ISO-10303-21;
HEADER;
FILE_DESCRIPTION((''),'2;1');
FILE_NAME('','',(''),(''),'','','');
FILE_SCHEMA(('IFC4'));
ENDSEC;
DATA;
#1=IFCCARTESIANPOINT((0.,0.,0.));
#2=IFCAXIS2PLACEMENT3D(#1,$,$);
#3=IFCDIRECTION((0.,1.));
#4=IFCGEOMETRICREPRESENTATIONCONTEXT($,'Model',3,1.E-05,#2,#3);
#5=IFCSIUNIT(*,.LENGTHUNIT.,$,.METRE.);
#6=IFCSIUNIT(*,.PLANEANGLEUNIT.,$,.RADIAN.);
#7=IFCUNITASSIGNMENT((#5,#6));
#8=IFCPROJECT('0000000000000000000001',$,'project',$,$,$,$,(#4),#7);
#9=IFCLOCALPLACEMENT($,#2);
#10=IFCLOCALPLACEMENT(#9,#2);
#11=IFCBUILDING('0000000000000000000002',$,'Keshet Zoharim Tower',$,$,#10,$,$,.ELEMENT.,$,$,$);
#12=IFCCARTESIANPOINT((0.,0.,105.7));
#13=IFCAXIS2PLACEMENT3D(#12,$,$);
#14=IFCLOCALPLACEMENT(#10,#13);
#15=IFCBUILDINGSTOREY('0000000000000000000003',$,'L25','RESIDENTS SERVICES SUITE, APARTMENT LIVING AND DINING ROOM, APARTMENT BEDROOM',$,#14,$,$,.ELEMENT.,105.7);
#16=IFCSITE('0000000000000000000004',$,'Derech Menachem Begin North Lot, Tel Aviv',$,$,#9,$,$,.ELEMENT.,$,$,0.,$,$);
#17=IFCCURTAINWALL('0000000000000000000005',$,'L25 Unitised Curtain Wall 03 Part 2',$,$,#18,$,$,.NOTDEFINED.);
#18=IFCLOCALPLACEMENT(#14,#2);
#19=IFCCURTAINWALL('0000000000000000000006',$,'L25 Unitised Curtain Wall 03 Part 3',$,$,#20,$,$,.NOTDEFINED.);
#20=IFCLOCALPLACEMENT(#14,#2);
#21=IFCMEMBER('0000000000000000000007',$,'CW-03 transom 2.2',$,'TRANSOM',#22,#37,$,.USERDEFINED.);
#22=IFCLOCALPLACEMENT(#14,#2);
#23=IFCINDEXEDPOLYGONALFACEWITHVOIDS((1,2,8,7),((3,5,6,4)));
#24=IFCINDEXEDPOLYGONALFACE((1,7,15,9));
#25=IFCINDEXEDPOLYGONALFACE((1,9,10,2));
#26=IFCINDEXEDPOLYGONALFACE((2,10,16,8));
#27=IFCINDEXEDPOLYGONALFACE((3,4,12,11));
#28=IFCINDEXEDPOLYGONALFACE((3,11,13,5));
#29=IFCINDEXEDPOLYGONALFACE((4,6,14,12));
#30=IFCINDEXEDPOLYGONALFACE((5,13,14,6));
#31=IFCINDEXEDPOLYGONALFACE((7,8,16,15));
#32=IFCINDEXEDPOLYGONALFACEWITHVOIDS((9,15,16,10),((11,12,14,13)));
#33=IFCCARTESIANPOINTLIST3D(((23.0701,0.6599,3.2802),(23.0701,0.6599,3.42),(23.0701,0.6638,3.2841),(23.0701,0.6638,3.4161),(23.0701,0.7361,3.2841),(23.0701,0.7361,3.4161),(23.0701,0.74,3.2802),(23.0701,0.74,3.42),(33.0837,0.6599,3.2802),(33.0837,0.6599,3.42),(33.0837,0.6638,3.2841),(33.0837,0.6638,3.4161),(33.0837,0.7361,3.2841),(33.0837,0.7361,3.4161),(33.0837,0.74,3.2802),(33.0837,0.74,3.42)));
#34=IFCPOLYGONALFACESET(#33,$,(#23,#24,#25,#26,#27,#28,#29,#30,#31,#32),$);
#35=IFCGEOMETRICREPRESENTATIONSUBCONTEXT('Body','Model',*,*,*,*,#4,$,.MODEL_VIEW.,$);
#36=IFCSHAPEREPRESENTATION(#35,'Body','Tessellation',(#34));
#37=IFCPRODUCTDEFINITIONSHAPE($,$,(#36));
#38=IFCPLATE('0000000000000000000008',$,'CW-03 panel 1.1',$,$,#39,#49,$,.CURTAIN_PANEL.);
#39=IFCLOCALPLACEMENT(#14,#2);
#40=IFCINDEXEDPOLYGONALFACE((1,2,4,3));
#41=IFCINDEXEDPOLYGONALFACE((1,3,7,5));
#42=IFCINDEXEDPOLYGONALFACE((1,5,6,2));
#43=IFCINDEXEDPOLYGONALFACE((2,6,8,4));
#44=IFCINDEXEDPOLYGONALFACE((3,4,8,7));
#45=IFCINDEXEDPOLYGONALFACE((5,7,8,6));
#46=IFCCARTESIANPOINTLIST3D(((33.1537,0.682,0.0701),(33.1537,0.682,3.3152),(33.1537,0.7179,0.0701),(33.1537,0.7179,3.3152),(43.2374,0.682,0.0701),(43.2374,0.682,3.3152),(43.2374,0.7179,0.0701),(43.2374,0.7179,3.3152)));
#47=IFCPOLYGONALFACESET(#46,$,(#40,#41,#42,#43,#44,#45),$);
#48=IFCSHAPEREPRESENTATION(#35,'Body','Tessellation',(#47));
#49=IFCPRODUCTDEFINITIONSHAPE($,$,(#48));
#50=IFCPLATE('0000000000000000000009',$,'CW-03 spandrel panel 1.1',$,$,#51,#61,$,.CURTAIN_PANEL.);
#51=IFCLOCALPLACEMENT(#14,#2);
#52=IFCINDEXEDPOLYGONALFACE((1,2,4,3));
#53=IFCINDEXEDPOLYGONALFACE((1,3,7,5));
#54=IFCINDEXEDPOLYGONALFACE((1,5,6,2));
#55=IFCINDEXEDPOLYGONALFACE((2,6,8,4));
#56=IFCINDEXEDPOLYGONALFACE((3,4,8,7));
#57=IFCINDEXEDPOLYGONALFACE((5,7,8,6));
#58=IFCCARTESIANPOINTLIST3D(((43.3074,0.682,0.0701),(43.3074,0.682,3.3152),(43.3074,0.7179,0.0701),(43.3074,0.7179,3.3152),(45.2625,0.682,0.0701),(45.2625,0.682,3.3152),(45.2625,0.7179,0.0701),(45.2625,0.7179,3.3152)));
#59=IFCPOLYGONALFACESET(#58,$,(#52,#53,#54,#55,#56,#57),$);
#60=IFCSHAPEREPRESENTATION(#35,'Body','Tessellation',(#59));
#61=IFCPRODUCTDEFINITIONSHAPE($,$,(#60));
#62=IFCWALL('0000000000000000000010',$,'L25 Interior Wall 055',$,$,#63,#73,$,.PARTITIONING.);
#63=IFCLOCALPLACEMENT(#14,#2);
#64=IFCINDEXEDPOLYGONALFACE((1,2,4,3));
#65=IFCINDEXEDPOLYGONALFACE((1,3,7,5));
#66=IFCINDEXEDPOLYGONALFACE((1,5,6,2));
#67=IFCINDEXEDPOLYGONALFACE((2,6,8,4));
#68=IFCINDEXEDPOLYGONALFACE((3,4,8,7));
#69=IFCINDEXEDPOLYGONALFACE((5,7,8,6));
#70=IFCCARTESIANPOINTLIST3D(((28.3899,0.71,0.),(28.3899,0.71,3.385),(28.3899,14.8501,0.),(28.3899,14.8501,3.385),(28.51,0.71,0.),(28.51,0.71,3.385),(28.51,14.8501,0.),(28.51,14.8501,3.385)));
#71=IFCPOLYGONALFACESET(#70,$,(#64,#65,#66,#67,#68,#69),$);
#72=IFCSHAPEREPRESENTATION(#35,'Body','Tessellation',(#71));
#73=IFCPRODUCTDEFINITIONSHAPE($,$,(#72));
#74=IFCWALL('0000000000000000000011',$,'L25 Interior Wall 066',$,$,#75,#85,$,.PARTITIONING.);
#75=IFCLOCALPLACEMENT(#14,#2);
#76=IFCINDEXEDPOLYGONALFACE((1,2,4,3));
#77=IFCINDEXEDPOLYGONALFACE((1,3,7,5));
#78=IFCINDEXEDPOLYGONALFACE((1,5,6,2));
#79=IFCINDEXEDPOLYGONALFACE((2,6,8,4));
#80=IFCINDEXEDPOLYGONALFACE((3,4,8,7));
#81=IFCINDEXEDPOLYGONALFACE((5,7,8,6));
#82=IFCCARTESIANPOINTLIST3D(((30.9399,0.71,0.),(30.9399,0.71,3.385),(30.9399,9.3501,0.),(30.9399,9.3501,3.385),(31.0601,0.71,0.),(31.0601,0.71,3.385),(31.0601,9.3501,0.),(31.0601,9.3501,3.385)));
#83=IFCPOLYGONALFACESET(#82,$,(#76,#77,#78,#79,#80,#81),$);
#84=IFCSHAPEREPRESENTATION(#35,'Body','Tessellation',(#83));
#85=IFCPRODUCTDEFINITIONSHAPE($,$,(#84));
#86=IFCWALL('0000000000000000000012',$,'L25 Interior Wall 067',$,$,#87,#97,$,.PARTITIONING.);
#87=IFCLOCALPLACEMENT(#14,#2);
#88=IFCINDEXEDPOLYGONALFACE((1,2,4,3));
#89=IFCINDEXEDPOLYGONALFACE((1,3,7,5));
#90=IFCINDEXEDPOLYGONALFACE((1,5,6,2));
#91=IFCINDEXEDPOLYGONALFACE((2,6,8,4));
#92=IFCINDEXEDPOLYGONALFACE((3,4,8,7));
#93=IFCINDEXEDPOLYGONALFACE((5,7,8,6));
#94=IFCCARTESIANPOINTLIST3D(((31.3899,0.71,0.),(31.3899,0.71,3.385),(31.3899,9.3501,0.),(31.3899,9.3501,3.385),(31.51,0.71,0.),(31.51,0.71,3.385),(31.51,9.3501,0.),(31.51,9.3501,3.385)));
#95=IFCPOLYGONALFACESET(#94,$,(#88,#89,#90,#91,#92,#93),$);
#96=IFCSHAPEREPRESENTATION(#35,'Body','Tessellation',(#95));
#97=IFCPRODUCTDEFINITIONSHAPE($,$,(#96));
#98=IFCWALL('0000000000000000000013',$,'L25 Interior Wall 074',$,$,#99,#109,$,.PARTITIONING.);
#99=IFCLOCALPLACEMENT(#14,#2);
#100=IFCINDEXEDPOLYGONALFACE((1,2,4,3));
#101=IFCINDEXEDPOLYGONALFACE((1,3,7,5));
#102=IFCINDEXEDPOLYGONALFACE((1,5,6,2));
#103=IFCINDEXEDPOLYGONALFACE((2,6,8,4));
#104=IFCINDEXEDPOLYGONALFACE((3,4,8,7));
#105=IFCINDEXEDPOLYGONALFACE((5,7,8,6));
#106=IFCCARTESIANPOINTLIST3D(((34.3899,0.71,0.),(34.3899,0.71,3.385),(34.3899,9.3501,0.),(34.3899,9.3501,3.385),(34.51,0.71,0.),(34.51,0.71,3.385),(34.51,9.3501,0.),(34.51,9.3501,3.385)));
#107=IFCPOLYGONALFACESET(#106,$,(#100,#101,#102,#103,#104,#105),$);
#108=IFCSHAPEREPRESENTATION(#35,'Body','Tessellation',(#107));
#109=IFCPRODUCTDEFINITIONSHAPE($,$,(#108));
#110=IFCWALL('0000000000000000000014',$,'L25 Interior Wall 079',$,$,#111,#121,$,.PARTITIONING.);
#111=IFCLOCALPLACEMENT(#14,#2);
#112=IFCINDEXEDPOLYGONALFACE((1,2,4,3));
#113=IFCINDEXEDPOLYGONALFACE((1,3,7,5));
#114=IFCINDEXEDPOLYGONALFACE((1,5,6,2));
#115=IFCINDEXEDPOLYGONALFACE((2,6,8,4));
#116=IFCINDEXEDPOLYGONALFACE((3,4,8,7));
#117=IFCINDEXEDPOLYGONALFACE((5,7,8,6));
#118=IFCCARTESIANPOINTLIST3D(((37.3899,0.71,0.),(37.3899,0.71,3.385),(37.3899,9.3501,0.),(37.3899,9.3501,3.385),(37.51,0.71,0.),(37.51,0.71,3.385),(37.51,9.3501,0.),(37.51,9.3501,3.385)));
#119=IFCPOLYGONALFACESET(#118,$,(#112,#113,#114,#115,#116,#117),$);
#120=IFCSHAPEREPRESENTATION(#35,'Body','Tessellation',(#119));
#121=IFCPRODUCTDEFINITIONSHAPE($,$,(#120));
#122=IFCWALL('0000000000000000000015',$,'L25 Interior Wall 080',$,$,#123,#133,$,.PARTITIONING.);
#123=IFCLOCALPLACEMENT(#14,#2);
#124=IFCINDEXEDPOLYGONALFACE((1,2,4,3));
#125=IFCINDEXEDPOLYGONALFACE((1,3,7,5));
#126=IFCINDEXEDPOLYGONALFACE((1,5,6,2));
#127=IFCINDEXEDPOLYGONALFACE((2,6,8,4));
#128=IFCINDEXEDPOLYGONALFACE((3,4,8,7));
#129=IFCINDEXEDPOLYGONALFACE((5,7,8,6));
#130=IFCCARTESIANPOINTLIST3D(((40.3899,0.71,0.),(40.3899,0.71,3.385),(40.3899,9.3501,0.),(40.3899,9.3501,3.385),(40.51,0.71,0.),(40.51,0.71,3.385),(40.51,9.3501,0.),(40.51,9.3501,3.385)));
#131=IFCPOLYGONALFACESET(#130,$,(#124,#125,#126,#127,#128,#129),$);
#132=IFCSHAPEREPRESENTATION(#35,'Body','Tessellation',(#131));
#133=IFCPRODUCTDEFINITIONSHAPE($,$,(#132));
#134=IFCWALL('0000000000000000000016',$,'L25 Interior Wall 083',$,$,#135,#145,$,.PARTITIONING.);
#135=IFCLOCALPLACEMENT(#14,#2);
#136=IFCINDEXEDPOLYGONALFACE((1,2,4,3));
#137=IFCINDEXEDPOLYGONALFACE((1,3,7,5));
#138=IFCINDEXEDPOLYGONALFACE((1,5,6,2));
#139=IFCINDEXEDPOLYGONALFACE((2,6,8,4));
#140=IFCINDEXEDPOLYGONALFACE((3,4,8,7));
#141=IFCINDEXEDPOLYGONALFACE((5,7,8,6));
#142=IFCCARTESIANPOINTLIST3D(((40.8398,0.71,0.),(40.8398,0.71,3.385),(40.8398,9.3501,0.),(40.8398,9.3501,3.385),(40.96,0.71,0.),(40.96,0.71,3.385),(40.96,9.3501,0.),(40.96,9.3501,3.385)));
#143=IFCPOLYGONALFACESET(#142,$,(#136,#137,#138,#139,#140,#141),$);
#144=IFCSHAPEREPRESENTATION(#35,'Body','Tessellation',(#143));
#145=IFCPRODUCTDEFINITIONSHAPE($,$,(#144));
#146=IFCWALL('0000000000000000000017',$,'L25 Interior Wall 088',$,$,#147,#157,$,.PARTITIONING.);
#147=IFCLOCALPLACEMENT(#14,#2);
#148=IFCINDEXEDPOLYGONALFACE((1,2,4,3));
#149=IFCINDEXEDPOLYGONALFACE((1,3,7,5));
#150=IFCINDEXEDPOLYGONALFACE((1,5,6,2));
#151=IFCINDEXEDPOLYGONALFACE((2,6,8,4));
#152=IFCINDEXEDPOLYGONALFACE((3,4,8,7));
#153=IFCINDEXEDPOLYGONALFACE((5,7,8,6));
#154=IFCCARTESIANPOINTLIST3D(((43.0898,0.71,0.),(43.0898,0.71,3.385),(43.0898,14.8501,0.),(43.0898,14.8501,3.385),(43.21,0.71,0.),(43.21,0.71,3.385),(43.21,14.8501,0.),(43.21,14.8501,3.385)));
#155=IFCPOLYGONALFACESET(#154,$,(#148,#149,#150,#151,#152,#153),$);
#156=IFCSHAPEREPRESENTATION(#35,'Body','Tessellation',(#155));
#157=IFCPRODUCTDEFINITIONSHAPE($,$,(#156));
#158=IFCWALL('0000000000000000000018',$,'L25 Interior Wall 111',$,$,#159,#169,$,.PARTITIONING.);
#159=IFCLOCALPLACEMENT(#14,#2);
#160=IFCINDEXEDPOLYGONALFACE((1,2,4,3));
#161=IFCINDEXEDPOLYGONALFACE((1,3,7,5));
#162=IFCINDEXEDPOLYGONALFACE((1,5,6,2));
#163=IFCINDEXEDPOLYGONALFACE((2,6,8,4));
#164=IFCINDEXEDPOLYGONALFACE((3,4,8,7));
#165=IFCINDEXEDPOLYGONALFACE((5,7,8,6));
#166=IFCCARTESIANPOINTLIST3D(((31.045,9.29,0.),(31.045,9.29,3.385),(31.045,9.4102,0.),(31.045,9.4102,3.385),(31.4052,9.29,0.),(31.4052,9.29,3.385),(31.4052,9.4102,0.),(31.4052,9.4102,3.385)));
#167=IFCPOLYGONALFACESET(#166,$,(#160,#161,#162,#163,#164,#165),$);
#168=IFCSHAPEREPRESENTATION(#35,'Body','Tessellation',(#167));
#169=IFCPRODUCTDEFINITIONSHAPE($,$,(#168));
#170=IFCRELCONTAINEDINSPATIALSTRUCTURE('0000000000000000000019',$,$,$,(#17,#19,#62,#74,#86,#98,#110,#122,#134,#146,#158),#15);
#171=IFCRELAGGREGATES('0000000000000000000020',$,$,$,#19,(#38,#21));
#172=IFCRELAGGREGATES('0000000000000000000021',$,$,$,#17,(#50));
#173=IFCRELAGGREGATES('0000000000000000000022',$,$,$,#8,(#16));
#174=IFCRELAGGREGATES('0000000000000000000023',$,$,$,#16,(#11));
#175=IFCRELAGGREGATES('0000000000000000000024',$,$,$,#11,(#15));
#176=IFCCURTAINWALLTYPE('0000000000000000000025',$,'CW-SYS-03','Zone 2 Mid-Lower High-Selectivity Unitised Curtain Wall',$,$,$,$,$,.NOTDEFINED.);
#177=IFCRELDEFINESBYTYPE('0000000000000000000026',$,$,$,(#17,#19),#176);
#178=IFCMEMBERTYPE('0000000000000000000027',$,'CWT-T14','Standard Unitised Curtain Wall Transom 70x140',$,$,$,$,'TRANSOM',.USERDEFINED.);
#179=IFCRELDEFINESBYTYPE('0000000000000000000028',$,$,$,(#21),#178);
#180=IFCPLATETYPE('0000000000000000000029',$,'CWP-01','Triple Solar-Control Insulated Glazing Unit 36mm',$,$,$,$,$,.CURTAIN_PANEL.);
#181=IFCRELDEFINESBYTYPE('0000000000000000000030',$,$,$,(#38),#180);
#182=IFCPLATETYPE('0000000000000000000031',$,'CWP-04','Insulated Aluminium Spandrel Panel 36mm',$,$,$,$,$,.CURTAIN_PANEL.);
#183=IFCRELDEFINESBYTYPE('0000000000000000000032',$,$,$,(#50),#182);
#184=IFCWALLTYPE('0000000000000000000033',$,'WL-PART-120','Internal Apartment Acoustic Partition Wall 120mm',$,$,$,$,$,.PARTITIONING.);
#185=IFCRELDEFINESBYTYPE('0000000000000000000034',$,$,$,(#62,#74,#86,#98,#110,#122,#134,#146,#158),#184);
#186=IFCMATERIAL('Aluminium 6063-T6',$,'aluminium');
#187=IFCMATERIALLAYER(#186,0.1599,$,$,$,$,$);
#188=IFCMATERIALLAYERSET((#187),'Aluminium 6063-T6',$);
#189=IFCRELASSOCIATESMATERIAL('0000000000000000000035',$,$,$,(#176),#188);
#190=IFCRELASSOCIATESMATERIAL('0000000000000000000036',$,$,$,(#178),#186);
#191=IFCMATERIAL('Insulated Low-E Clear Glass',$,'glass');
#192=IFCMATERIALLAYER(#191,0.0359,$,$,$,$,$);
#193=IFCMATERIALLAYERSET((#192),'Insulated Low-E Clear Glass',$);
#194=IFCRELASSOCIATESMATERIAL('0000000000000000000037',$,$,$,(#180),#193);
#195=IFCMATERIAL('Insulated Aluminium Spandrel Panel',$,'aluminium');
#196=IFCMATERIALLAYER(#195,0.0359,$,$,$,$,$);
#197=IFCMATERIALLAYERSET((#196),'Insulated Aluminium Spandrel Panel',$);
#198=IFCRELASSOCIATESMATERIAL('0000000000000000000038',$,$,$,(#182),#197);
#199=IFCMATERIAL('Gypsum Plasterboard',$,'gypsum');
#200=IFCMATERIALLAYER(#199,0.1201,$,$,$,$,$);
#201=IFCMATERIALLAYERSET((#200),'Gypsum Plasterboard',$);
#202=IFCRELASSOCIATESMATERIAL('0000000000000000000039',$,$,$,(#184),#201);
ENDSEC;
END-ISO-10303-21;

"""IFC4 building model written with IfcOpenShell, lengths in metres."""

from ifc_helpers import new_model, si_unit, direction, frame, frame_2d, origin, origin_2d, place, context, subcontext, project, spatial, rectangle, hollow_rectangle, extrude, material, layer, layer_set, material_profile, profile_set, type_object, element, aggregate, save


model = new_model("IFC4")

# Units and contexts
model_context = context("Model", 3, precision=1e-05, world=origin(), true_north=direction((0.0, 1.0)))
body_context = subcontext(model_context, "Body", "Model", "MODEL_VIEW")
ifc_project = project(units=[si_unit("LENGTHUNIT", "METRE"), si_unit("PLANEANGLEUNIT", "RADIAN")], contexts=[model_context])

# Site, building, storey
site_placement = place(None, origin())
site = spatial("IfcSite", under=ifc_project, at=site_placement, Name="Derech Menachem Begin North Lot, Tel Aviv", CompositionType="ELEMENT", RefElevation=0.0)
building_placement = place(site_placement, origin())
building = spatial("IfcBuilding", under=site, at=building_placement, Name="Keshet Zoharim Tower", CompositionType="ELEMENT")
storey_placement = place(building_placement, frame((0.0, 0.0, 105.7)))
storey = spatial("IfcBuildingStorey", under=building, at=storey_placement, Name="L25", Description="RESIDENTS SERVICES SUITE, APARTMENT LIVING AND DINING ROOM, APARTMENT BEDROOM", CompositionType="ELEMENT", Elevation=105.7)

# Curtain wall
ifc_material_1 = material(Name="Aluminium 6063-T6", Category="aluminium")
ifc_layer_1 = layer(ifc_material_1, 0.1599)
ifc_layer_set_1 = layer_set([ifc_layer_1], Name="Aluminium 6063-T6")
curtain_wall_type = type_object("IfcCurtainWallType", Name="CW-SYS-03", Description="Zone 2 Mid-Lower High-Selectivity Unitised Curtain Wall", PredefinedType="NOTDEFINED", material=ifc_layer_set_1)
curtain_wall_1_placement = place(storey_placement, origin())
curtain_wall_1 = element("IfcCurtainWall", 1, at=curtain_wall_1_placement, inside=storey, type_object=curtain_wall_type, Name="L25 Unitised Curtain Wall 03 Part 2", PredefinedType="NOTDEFINED")

# Curtain wall, member, plate
curtain_wall_2_placement = place(storey_placement, origin())
curtain_wall_2 = element("IfcCurtainWall", 2, at=curtain_wall_2_placement, inside=storey, type_object=curtain_wall_type, Name="L25 Unitised Curtain Wall 03 Part 3", PredefinedType="NOTDEFINED")
ifc_material_profile_1 = material_profile(ifc_material_1, hollow_rectangle(XDim=0.0801, YDim=0.1399, WallThickness=0.0039, at=origin_2d()), Name="TRN-80x140")
ifc_profile_set_1 = profile_set([ifc_material_profile_1], Name="Aluminium 6063-T6")
member_type_1 = type_object("IfcMemberType", Name="CWT-T14", Description="Standard Unitised Curtain Wall Transom 70x140", ElementType="TRANSOM", PredefinedType="USERDEFINED", material=ifc_profile_set_1)
member_1_placement = place(storey_placement, frame((33.0837, 0.7, 3.3501), z_axis=(-1.0, 0.0, 0.0), x_axis=(0.0, -1.0, 0.0)))
member_1 = element("IfcMember", 3, at=member_1_placement, type_object=member_type_1, Name="CW-03 transom 2.2", ObjectType="TRANSOM", PredefinedType="USERDEFINED", context=body_context, shape_type="SweptSolid", body=[
    extrude(hollow_rectangle(XDim=0.0801, YDim=0.1399, WallThickness=0.0039, at=origin_2d()), origin(), (0.0, 0.0, 1.0), 10.0137),
])
ifc_material_2 = material(Name="Insulated Low-E Clear Glass", Category="glass")
ifc_layer_2 = layer(ifc_material_2, 0.0359)
ifc_layer_set_2 = layer_set([ifc_layer_2], Name="Insulated Low-E Clear Glass")
plate_type_1 = type_object("IfcPlateType", Name="CWP-01", Description="Triple Solar-Control Insulated Glazing Unit 36mm", PredefinedType="CURTAIN_PANEL", material=ifc_layer_set_2)
plate_1_placement = place(storey_placement, frame((38.1956, 0.7, 0.0701), z_axis=(0.0, 0.0, 1.0), x_axis=(-1.0, 0.0, 0.0)))
plate_1 = element("IfcPlate", 4, at=plate_1_placement, type_object=plate_type_1, Name="CW-03 panel 1.1", PredefinedType="CURTAIN_PANEL", context=body_context, shape_type="SweptSolid", body=[
    extrude(rectangle(XDim=10.0837, YDim=0.0359, at=origin_2d()), origin(), (0.0, 0.0, 1.0), 3.2451),
])
aggregate(curtain_wall_2, [plate_1, member_1])

# Plate
ifc_material_3 = material(Name="Insulated Aluminium Spandrel Panel", Category="aluminium")
ifc_layer_3 = layer(ifc_material_3, 0.0359)
ifc_layer_set_3 = layer_set([ifc_layer_3], Name="Insulated Aluminium Spandrel Panel")
plate_type_2 = type_object("IfcPlateType", Name="CWP-04", Description="Insulated Aluminium Spandrel Panel 36mm", PredefinedType="CURTAIN_PANEL", material=ifc_layer_set_3)
plate_2_placement = place(storey_placement, frame((44.2849, 0.7, 0.0701), z_axis=(0.0, 0.0, 1.0), x_axis=(-1.0, 0.0, 0.0)))
plate_2 = element("IfcPlate", 5, at=plate_2_placement, type_object=plate_type_2, Name="CW-03 spandrel panel 1.1", PredefinedType="CURTAIN_PANEL", context=body_context, shape_type="SweptSolid", body=[
    extrude(rectangle(XDim=1.9551, YDim=0.0359, at=origin_2d()), origin(), (0.0, 0.0, 1.0), 3.2451),
])
aggregate(curtain_wall_1, [plate_2])

# Walls
ifc_material_4 = material(Name="Gypsum Plasterboard", Category="gypsum")
ifc_layer_4 = layer(ifc_material_4, 0.1201)
ifc_layer_set_4 = layer_set([ifc_layer_4], Name="Gypsum Plasterboard")
wall_type = type_object("IfcWallType", Name="WL-PART-120", Description="Internal Apartment Acoustic Partition Wall 120mm", PredefinedType="PARTITIONING", material=ifc_layer_set_4)
wall_1_placement = place(storey_placement, frame((28.45, 0.71, 0.0), z_axis=(0.0, 0.0, 1.0), x_axis=(0.0, 1.0, 0.0)))
element("IfcWall", 6, at=wall_1_placement, inside=storey, type_object=wall_type, Name="L25 Interior Wall 055", PredefinedType="PARTITIONING", context=body_context, shape_type="SweptSolid", body=[
    extrude(rectangle(XDim=14.1401, YDim=0.1201, at=frame_2d((7.0701, 0.0))), origin(), (0.0, 0.0, 1.0), 3.385),
])
for number, where, z_axis, x_axis, name in (
    (7, (31.0, 0.71, 0.0), (0.0, 0.0, 1.0), (0.0, 1.0, 0.0), "L25 Interior Wall 066"),
    (8, (31.45, 0.71, 0.0), (0.0, 0.0, 1.0), (0.0, 1.0, 0.0), "L25 Interior Wall 067"),
    (9, (34.45, 0.71, 0.0), (0.0, 0.0, 1.0), (0.0, 1.0, 0.0), "L25 Interior Wall 074"),
    (10, (37.45, 0.71, 0.0), (0.0, 0.0, 1.0), (0.0, 1.0, 0.0), "L25 Interior Wall 079"),
    (11, (40.45, 0.71, 0.0), (0.0, 0.0, 1.0), (0.0, 1.0, 0.0), "L25 Interior Wall 080"),
    (12, (40.8999, 0.71, 0.0), (0.0, 0.0, 1.0), (0.0, 1.0, 0.0), "L25 Interior Wall 083"),
):
    element("IfcWall", number, at=place(storey_placement, frame(where, z_axis=z_axis, x_axis=x_axis)), inside=storey, type_object=wall_type, Name=name, PredefinedType="PARTITIONING", context=body_context, shape_type="SweptSolid", body=[
        extrude(rectangle(XDim=8.6401, YDim=0.1201, at=frame_2d((4.3201, 0.0))), origin(), (0.0, 0.0, 1.0), 3.385),
    ])
wall_2_placement = place(storey_placement, frame((43.1499, 0.71, 0.0), z_axis=(0.0, 0.0, 1.0), x_axis=(0.0, 1.0, 0.0)))
element("IfcWall", 13, at=wall_2_placement, inside=storey, type_object=wall_type, Name="L25 Interior Wall 088", PredefinedType="PARTITIONING", context=body_context, shape_type="SweptSolid", body=[
    extrude(rectangle(XDim=14.1401, YDim=0.1201, at=frame_2d((7.0701, 0.0))), origin(), (0.0, 0.0, 1.0), 3.385),
])
wall_3_placement = place(storey_placement, frame((31.0449, 9.3501, 0.0), z_axis=(0.0, 0.0, 1.0), x_axis=(1.0, 0.0, 0.0)))
element("IfcWall", 14, at=wall_3_placement, inside=storey, type_object=wall_type, Name="L25 Interior Wall 111", PredefinedType="PARTITIONING", context=body_context, shape_type="SweptSolid", body=[
    extrude(rectangle(XDim=0.3601, YDim=0.1201, at=frame_2d((0.1802, 0.0))), origin(), (0.0, 0.0, 1.0), 3.385),
])

save(model, "model.ifc")
